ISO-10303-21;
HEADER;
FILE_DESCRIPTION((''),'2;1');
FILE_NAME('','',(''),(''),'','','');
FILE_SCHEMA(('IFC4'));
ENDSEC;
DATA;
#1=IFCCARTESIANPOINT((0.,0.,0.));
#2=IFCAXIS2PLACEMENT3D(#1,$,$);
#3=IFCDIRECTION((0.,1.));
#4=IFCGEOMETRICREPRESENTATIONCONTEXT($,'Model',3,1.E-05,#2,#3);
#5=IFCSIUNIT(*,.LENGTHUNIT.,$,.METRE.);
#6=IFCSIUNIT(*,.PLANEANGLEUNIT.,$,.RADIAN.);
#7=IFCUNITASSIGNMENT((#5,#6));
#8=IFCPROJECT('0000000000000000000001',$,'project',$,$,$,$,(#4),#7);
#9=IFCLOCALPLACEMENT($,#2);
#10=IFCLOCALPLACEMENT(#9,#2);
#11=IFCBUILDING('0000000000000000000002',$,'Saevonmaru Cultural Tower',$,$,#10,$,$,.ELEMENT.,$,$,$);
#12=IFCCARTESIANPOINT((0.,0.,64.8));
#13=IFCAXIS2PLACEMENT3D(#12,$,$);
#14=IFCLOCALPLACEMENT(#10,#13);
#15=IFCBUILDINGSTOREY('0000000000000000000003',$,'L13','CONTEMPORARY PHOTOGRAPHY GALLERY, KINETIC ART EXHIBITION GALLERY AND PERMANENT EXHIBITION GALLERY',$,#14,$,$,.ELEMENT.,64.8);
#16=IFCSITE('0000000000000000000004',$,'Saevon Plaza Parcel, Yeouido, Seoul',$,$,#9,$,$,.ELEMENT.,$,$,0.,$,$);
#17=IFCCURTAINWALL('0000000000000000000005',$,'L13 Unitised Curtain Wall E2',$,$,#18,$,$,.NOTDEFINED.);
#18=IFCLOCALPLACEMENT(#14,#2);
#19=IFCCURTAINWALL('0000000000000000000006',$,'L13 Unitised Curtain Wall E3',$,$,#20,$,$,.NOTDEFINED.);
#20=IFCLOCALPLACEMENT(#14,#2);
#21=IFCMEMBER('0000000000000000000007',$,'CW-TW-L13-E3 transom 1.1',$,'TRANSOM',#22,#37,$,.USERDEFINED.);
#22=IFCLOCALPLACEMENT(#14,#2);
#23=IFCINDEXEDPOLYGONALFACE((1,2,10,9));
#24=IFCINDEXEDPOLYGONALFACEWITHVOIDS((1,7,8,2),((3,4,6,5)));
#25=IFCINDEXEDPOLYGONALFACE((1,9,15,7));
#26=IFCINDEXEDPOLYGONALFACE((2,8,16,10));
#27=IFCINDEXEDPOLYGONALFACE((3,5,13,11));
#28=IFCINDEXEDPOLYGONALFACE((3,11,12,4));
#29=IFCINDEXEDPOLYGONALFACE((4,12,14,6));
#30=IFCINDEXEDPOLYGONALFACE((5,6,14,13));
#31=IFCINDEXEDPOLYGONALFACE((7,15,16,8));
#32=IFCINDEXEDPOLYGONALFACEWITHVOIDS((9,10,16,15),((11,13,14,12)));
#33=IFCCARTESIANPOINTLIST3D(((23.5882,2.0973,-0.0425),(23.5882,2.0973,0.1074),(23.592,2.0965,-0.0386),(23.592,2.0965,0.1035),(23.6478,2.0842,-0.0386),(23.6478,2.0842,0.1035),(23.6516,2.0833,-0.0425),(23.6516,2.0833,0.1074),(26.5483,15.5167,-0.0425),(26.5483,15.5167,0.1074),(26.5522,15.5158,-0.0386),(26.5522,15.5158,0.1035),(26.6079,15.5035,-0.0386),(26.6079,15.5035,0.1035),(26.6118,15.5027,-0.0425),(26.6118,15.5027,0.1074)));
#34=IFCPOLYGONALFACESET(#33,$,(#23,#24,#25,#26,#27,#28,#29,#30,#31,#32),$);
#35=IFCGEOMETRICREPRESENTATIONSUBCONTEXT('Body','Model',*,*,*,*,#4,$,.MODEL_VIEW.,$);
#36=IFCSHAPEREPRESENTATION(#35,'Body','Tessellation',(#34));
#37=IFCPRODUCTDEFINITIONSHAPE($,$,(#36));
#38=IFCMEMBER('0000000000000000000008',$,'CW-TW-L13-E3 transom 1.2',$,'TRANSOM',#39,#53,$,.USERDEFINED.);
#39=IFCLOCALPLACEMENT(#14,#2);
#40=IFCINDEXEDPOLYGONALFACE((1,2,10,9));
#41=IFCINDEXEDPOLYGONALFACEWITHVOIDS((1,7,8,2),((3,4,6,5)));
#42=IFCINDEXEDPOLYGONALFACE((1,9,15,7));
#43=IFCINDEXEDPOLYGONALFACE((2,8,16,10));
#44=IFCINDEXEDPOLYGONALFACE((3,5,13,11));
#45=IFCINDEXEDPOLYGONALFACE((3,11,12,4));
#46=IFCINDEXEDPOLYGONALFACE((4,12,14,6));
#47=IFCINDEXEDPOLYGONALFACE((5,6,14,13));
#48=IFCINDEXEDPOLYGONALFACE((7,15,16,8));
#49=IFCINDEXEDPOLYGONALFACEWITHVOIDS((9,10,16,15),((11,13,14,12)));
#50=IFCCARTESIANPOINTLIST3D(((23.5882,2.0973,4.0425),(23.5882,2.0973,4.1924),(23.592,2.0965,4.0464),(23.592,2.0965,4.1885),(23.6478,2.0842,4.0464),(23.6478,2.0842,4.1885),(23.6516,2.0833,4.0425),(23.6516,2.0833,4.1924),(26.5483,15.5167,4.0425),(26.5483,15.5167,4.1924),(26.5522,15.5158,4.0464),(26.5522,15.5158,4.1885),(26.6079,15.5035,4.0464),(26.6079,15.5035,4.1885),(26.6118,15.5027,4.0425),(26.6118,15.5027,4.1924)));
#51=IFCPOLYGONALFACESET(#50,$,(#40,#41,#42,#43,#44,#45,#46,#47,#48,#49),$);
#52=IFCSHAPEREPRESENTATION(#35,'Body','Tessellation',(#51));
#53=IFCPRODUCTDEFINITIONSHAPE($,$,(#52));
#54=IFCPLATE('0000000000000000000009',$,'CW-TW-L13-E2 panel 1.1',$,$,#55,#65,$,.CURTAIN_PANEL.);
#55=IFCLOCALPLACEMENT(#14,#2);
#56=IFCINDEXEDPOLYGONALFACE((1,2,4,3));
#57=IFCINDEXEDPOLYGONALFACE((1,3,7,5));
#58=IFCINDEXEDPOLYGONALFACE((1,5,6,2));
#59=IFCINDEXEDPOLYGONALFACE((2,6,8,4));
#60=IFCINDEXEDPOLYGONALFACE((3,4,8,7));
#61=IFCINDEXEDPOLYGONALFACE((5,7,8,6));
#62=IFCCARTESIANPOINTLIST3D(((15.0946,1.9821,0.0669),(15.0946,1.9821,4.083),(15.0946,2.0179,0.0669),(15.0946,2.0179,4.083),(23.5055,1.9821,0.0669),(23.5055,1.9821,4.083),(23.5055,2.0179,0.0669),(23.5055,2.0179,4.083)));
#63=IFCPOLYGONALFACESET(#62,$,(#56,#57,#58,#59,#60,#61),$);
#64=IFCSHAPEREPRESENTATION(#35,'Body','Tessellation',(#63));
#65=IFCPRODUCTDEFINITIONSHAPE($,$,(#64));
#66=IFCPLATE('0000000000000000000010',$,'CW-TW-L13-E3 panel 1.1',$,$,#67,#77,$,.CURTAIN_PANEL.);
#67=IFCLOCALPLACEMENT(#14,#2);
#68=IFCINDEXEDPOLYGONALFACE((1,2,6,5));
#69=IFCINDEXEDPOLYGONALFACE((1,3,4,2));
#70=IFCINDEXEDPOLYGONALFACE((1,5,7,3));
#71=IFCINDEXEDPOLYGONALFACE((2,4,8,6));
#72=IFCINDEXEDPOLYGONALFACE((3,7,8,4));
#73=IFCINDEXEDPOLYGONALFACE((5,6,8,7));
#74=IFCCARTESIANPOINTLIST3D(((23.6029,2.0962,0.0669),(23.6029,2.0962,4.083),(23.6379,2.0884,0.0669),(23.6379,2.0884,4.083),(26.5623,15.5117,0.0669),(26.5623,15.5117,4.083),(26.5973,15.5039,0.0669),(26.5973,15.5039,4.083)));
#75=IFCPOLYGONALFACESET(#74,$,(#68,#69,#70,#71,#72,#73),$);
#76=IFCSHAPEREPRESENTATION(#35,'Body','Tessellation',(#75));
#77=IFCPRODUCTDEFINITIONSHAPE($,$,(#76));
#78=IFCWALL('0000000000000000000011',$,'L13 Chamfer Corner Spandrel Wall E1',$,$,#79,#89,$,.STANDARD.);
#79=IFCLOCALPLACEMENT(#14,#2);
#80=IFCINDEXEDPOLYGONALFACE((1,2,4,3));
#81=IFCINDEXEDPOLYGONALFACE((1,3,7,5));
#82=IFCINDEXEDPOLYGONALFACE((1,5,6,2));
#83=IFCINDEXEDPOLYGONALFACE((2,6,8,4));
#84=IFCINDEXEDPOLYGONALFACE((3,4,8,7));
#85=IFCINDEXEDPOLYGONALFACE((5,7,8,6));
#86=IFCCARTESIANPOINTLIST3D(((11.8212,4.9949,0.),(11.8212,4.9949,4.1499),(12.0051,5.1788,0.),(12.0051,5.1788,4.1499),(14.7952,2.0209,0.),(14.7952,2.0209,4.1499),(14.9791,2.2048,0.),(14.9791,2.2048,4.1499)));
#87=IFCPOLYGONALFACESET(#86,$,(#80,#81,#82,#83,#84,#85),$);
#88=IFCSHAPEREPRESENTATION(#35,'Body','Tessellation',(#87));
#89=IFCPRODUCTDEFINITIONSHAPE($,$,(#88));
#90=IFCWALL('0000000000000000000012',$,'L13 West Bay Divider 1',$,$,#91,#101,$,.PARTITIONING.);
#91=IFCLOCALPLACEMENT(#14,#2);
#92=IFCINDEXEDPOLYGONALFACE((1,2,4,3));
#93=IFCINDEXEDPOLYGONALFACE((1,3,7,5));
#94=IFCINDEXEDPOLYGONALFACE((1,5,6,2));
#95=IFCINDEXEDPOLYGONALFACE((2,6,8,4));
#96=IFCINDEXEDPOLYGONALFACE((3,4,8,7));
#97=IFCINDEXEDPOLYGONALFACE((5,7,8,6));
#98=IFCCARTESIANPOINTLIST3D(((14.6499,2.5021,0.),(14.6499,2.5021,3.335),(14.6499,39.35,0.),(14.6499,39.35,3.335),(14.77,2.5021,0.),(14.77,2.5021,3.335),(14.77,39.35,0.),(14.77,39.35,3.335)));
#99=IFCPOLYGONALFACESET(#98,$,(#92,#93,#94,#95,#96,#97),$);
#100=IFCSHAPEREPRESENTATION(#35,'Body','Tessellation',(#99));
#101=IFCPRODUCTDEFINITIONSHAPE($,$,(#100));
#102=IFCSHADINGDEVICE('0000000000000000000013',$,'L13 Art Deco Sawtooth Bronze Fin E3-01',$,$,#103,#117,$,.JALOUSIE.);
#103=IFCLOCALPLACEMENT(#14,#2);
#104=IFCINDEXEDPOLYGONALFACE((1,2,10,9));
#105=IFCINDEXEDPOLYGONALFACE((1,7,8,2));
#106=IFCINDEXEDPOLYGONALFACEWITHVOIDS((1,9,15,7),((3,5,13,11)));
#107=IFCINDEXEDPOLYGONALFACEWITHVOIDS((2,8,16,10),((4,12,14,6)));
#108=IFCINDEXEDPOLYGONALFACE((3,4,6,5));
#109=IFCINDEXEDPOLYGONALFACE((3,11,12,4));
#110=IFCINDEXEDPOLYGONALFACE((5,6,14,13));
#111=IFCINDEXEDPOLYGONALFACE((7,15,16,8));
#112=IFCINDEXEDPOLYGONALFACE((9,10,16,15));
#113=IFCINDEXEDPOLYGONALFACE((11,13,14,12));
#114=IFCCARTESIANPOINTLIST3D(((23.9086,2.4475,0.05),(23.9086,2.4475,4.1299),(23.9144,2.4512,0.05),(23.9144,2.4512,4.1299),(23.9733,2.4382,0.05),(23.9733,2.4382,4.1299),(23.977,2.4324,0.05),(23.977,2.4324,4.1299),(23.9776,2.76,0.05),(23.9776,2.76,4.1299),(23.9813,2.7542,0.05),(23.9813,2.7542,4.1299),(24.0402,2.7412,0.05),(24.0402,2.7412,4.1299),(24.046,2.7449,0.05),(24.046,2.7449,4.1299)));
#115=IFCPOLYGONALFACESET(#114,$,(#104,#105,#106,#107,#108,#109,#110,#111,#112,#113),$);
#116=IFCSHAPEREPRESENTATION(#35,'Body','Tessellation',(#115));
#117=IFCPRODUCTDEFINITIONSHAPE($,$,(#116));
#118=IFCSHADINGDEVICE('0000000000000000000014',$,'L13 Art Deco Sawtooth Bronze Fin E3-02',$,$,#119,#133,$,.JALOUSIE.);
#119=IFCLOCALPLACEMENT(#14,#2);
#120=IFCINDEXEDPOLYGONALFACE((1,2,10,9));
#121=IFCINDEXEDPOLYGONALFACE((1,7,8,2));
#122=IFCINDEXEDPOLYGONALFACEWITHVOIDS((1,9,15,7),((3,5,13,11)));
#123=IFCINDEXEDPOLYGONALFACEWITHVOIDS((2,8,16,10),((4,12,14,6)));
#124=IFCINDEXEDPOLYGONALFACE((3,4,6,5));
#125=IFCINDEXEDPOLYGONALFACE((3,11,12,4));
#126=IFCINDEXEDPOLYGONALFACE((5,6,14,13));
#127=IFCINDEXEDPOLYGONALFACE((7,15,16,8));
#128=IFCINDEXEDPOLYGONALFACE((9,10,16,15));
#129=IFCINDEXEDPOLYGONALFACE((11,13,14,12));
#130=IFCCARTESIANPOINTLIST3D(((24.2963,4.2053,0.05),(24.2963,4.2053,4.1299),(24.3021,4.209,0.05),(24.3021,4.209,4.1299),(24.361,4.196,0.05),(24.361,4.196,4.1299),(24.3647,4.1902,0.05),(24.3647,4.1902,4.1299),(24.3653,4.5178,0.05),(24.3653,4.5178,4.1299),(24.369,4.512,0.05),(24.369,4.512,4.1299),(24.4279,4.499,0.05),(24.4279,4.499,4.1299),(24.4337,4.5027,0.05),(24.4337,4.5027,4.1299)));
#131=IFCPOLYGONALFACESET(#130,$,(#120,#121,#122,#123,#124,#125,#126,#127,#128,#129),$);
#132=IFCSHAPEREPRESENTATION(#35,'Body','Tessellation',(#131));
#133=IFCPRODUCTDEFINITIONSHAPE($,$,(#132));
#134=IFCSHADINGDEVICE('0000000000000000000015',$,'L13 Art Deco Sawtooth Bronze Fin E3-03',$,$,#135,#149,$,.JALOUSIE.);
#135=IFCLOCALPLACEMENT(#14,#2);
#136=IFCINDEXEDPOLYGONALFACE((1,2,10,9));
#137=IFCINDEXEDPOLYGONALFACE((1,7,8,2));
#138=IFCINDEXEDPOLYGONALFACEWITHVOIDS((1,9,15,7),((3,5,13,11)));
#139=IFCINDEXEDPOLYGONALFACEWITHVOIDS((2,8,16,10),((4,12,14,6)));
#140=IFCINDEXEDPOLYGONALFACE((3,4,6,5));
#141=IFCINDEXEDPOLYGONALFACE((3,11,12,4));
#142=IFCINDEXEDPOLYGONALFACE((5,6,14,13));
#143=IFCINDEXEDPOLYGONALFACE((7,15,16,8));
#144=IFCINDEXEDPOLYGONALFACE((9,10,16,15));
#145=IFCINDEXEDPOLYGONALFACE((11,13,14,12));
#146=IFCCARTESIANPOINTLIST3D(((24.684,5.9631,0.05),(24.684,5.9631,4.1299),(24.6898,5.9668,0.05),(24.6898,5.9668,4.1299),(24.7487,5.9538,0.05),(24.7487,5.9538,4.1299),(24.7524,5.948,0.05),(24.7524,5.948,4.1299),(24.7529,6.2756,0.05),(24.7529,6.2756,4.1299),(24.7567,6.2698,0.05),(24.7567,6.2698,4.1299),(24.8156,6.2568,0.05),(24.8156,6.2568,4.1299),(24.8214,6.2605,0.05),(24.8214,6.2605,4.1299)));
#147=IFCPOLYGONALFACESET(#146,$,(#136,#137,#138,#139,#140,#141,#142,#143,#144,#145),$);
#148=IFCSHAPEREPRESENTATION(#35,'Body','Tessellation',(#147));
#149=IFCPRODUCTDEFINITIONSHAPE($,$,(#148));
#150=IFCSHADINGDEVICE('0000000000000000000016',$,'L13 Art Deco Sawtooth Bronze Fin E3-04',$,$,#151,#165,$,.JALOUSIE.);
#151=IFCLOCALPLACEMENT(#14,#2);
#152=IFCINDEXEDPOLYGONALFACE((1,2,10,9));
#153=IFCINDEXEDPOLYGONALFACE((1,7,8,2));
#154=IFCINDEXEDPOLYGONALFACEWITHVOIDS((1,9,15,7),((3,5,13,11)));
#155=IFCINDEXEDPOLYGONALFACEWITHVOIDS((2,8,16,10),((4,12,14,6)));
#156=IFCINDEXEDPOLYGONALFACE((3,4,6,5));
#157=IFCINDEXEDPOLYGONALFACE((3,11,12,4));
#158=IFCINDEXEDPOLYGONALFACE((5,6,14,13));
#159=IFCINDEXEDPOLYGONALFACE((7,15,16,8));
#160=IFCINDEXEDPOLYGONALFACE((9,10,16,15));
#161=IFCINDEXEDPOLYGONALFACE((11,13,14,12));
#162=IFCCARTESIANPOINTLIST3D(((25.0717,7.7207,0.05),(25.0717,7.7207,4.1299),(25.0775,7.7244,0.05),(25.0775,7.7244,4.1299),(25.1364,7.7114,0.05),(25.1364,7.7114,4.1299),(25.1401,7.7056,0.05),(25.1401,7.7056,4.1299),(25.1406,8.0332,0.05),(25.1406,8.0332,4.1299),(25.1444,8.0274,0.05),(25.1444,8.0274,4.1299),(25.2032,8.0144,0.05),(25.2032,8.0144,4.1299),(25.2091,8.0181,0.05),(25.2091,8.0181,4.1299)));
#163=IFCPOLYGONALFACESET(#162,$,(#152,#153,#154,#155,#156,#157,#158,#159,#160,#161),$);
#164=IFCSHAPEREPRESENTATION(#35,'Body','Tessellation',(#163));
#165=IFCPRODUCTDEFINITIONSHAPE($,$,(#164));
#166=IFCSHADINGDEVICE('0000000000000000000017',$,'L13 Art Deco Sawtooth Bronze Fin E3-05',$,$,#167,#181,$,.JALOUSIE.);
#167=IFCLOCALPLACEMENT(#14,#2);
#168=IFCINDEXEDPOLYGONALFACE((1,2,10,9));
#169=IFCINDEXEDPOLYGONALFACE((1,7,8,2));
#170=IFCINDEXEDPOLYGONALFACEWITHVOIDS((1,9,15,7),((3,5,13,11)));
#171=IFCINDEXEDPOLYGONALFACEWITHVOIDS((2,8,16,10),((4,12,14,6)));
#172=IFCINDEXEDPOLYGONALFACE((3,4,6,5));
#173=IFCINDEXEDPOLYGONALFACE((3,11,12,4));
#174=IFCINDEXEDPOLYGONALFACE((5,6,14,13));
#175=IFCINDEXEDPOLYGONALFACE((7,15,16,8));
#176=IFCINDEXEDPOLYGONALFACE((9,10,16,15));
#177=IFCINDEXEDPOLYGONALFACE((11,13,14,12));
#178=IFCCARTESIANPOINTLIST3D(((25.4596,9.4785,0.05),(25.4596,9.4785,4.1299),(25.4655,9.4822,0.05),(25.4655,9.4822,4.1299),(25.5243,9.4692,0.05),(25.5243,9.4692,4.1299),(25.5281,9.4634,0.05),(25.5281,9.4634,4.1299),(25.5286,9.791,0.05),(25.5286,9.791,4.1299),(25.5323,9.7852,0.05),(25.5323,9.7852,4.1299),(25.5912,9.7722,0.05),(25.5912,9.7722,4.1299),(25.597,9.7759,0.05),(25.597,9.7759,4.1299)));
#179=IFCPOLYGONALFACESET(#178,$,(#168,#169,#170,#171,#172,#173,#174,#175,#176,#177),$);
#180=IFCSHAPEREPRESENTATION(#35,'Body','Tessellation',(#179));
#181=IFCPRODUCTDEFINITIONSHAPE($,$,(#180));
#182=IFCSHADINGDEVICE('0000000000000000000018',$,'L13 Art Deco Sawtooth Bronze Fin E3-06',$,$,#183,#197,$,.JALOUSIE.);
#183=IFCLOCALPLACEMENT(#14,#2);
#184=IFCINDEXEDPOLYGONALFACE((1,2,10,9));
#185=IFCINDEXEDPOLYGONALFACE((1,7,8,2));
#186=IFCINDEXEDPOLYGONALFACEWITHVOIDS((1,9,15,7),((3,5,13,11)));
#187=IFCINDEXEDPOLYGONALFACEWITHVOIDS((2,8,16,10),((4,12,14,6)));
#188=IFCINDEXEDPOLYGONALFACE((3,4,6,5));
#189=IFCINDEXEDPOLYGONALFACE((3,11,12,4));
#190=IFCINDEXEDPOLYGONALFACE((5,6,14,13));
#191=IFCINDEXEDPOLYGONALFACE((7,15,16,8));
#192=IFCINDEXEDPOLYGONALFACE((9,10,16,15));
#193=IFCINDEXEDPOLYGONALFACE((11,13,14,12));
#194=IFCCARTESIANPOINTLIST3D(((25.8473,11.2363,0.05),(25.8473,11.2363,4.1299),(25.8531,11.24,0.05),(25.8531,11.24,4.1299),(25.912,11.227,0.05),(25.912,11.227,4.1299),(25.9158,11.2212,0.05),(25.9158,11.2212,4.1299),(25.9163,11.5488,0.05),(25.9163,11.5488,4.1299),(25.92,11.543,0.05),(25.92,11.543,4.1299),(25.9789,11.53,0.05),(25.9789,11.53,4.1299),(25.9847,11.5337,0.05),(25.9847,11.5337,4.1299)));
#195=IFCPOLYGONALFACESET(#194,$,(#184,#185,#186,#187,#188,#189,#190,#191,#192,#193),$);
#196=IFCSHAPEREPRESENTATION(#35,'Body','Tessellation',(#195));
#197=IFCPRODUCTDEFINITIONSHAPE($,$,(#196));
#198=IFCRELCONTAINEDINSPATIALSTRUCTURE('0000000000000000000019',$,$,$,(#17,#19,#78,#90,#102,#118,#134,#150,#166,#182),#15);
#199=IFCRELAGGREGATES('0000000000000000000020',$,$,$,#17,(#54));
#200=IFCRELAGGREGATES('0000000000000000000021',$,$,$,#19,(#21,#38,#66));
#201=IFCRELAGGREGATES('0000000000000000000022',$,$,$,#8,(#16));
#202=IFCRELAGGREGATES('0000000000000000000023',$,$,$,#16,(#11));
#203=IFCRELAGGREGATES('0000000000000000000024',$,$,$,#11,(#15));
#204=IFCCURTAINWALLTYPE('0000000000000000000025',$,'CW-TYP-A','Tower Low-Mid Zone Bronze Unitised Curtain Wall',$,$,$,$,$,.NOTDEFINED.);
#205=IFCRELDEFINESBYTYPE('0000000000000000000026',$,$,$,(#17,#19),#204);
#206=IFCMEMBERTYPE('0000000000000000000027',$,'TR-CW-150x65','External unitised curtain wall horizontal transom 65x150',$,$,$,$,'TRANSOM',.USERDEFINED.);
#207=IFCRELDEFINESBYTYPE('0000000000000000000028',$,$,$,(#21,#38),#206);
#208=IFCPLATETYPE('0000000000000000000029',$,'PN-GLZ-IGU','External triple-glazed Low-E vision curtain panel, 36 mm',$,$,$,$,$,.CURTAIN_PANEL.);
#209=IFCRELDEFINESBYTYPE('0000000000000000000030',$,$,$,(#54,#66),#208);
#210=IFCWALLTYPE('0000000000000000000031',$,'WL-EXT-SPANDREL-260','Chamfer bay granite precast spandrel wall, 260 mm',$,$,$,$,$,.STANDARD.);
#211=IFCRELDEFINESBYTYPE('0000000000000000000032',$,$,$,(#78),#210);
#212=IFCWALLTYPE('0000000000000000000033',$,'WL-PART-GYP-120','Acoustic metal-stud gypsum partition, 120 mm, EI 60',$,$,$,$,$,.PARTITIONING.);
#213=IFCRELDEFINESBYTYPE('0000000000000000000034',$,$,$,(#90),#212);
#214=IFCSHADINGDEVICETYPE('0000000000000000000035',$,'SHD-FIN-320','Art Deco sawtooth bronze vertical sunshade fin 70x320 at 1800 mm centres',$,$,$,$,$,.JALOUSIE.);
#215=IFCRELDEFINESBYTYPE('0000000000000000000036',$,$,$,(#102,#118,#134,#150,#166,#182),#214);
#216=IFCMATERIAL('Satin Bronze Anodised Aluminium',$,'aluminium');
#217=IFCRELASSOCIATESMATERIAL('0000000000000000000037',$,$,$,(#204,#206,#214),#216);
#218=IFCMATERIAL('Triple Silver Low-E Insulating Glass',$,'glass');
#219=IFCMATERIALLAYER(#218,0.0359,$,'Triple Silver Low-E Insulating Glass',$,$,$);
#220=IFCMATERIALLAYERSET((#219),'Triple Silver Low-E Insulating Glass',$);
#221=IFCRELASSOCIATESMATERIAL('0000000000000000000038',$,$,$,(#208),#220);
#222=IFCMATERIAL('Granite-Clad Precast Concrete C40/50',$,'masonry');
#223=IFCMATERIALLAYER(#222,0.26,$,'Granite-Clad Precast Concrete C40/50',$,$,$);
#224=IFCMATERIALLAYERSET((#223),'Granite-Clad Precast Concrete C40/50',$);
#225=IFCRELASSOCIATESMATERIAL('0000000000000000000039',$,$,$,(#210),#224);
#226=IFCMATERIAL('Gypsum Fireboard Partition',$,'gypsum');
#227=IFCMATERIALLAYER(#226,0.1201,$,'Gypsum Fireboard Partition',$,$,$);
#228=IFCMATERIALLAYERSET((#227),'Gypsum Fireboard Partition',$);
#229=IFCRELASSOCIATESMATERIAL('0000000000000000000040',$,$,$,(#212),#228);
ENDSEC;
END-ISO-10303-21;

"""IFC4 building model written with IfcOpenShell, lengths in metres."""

from ifc_helpers import new_model, si_unit, direction, frame, frame_2d, origin, origin_2d, place, context, subcontext, project, spatial, rectangle, hollow_rectangle, extrude, material, layer, layer_set, material_profile, profile_set, type_object, element, aggregate, save


model = new_model("IFC4")

# Units and contexts
model_context = context("Model", 3, precision=1e-05, world=origin(), true_north=direction((0.0, 1.0)))
body_context = subcontext(model_context, "Body", "Model", "MODEL_VIEW")
ifc_project = project(units=[si_unit("LENGTHUNIT", "METRE"), si_unit("PLANEANGLEUNIT", "RADIAN")], contexts=[model_context])

# Site, building, storey
site_placement = place(None, origin())
site = spatial("IfcSite", under=ifc_project, at=site_placement, Name="Saevon Plaza Parcel, Yeouido, Seoul", CompositionType="ELEMENT", RefElevation=0.0)
building_placement = place(site_placement, origin())
building = spatial("IfcBuilding", under=site, at=building_placement, Name="Saevonmaru Cultural Tower", CompositionType="ELEMENT")
storey_placement = place(building_placement, frame((0.0, 0.0, 64.8)))
storey = spatial("IfcBuildingStorey", under=building, at=storey_placement, Name="L13", Description="CONTEMPORARY PHOTOGRAPHY GALLERY, KINETIC ART EXHIBITION GALLERY AND PERMANENT EXHIBITION GALLERY", CompositionType="ELEMENT", Elevation=64.8)

# Curtain wall
ifc_material_1 = material(Name="Satin Bronze Anodised Aluminium", Category="aluminium")
curtain_wall_type = type_object("IfcCurtainWallType", Name="CW-TYP-A", Description="Tower Low-Mid Zone Bronze Unitised Curtain Wall", PredefinedType="NOTDEFINED", material=ifc_material_1)
curtain_wall_1_placement = place(storey_placement, origin())
curtain_wall_1 = element("IfcCurtainWall", 1, at=curtain_wall_1_placement, inside=storey, type_object=curtain_wall_type, Name="L13 Unitised Curtain Wall E2", PredefinedType="NOTDEFINED")

# Curtain wall
curtain_wall_2_placement = place(storey_placement, origin())
curtain_wall_2 = element("IfcCurtainWall", 2, at=curtain_wall_2_placement, inside=storey, type_object=curtain_wall_type, Name="L13 Unitised Curtain Wall E3", PredefinedType="NOTDEFINED")

# Members
ifc_material_profile_1 = material_profile(ifc_material_1, hollow_rectangle(XDim=0.0649, YDim=0.1499, WallThickness=0.0039, at=origin_2d()), Name="ALU-TRAN-150x65x4")
ifc_profile_set_1 = profile_set([ifc_material_profile_1], Name="Satin Bronze Anodised Aluminium")
member_type_1 = type_object("IfcMemberType", Name="TR-CW-150x65", Description="External unitised curtain wall horizontal transom 65x150", ElementType="TRANSOM", PredefinedType="USERDEFINED", material=ifc_profile_set_1)
member_1_placement = place(storey_placement, frame((23.6199, 2.0903, 0.0325), z_axis=(0.215412, 0.976523, 0.0), x_axis=(-0.976523, 0.215412, 0.0)))
member_1 = element("IfcMember", 3, at=member_1_placement, type_object=member_type_1, Name="CW-TW-L13-E3 transom 1.1", ObjectType="TRANSOM", PredefinedType="USERDEFINED", context=body_context, shape_type="SweptSolid", body=[
    extrude(hollow_rectangle(XDim=0.0649, YDim=0.1499, WallThickness=0.0039, at=origin_2d()), origin(), (0.0, 0.0, 1.0), 13.7419),
])
member_2_placement = place(storey_placement, frame((23.6199, 2.0903, 4.1174), z_axis=(0.215412, 0.976523, 0.0), x_axis=(-0.976523, 0.215412, 0.0)))
member_2 = element("IfcMember", 4, at=member_2_placement, type_object=member_type_1, Name="CW-TW-L13-E3 transom 1.2", ObjectType="TRANSOM", PredefinedType="USERDEFINED", context=body_context, shape_type="SweptSolid", body=[
    extrude(hollow_rectangle(XDim=0.0649, YDim=0.1499, WallThickness=0.0039, at=origin_2d()), origin(), (0.0, 0.0, 1.0), 13.7419),
])

# Plates
ifc_material_2 = material(Name="Triple Silver Low-E Insulating Glass", Category="glass")
ifc_layer_1 = layer(ifc_material_2, 0.0359, Name="Triple Silver Low-E Insulating Glass")
ifc_layer_set_1 = layer_set([ifc_layer_1], Name="Triple Silver Low-E Insulating Glass")
plate_type = type_object("IfcPlateType", Name="PN-GLZ-IGU", Description="External triple-glazed Low-E vision curtain panel, 36 mm", PredefinedType="CURTAIN_PANEL", material=ifc_layer_set_1)
plate_1_placement = place(storey_placement, frame((19.3, 2.0, 0.0669), z_axis=(0.0, 0.0, 1.0), x_axis=(1.0, 0.0, 0.0)))
plate_1 = element("IfcPlate", 5, at=plate_1_placement, type_object=plate_type, Name="CW-TW-L13-E2 panel 1.1", PredefinedType="CURTAIN_PANEL", context=body_context, shape_type="SweptSolid", body=[
    extrude(rectangle(XDim=8.4109, YDim=0.0359, at=origin_2d()), origin(), (0.0, 0.0, 1.0), 4.0161),
])
aggregate(curtain_wall_1, [plate_1])
plate_2_placement = place(storey_placement, frame((25.1001, 8.8, 0.0669), z_axis=(0.0, 0.0, 1.0), x_axis=(0.215413, 0.976523, 0.0)))
plate_2 = element("IfcPlate", 6, at=plate_2_placement, type_object=plate_type, Name="CW-TW-L13-E3 panel 1.1", PredefinedType="CURTAIN_PANEL", context=body_context, shape_type="SweptSolid", body=[
    extrude(rectangle(XDim=13.738, YDim=0.0359, at=origin_2d()), origin(), (0.0, 0.0, 1.0), 4.0161),
])
aggregate(curtain_wall_2, [member_1, member_2, plate_2])

# Walls
ifc_material_3 = material(Name="Granite-Clad Precast Concrete C40/50", Category="masonry")
ifc_layer_2 = layer(ifc_material_3, 0.26, Name="Granite-Clad Precast Concrete C40/50")
ifc_layer_set_2 = layer_set([ifc_layer_2], Name="Granite-Clad Precast Concrete C40/50")
wall_type_1 = type_object("IfcWallType", Name="WL-EXT-SPANDREL-260", Description="Chamfer bay granite precast spandrel wall, 260 mm", PredefinedType="STANDARD", material=ifc_layer_set_2)
wall_1_placement = place(storey_placement, frame((11.9131, 5.0869, 0.0), z_axis=(0.0, 0.0, 1.0), x_axis=(0.707107, -0.707107, 0.0)))
element("IfcWall", 7, at=wall_1_placement, inside=storey, type_object=wall_type_1, Name="L13 Chamfer Corner Spandrel Wall E1", PredefinedType="STANDARD", context=body_context, shape_type="SweptSolid", body=[
    extrude(rectangle(XDim=4.2058, YDim=0.26, at=frame_2d((2.103, 0.0))), origin(), (0.0, 0.0, 1.0), 4.1499),
])
ifc_material_4 = material(Name="Gypsum Fireboard Partition", Category="gypsum")
ifc_layer_3 = layer(ifc_material_4, 0.1201, Name="Gypsum Fireboard Partition")
ifc_layer_set_3 = layer_set([ifc_layer_3], Name="Gypsum Fireboard Partition")
wall_type_2 = type_object("IfcWallType", Name="WL-PART-GYP-120", Description="Acoustic metal-stud gypsum partition, 120 mm, EI 60", PredefinedType="PARTITIONING", material=ifc_layer_set_3)
wall_2_placement = place(storey_placement, frame((14.71, 2.5022, 0.0), z_axis=(0.0, 0.0, 1.0), x_axis=(0.0, 1.0, 0.0)))
element("IfcWall", 8, at=wall_2_placement, inside=storey, type_object=wall_type_2, Name="L13 West Bay Divider 1", PredefinedType="PARTITIONING", context=body_context, shape_type="SweptSolid", body=[
    extrude(rectangle(XDim=36.8479, YDim=0.1201, at=frame_2d((18.4238, 0.0))), origin(), (0.0, 0.0, 1.0), 3.335),
])

# Shading devices
ifc_material_profile_2 = material_profile(ifc_material_1, hollow_rectangle(XDim=0.0701, YDim=0.3201, WallThickness=0.0049, at=origin_2d()), Name="FIN-320x70")
ifc_profile_set_2 = profile_set([ifc_material_profile_2], Name="Satin Bronze Anodised Aluminium")
shading_device_type = type_object("IfcShadingDeviceType", Name="SHD-FIN-320", Description="Art Deco sawtooth bronze vertical sunshade fin 70x320 at 1800 mm centres", PredefinedType="JALOUSIE", material=ifc_profile_set_2)
for number, where, z_axis, x_axis, name in (
    (9, (23.9773, 2.5962, 0.05), (0.0, 0.0, 1.0), (0.976522, -0.215417, 0.0), "L13 Art Deco Sawtooth Bronze Fin E3-01"),
    (10, (24.365, 4.354, 0.05), (0.0, 0.0, 1.0), (0.976522, -0.215417, 0.0), "L13 Art Deco Sawtooth Bronze Fin E3-02"),
    (11, (24.7527, 6.1118, 0.05), (0.0, 0.0, 1.0), (0.976522, -0.215417, 0.0), "L13 Art Deco Sawtooth Bronze Fin E3-03"),
    (12, (25.1404, 7.8694, 0.05), (0.0, 0.0, 1.0), (0.976522, -0.215417, 0.0), "L13 Art Deco Sawtooth Bronze Fin E3-04"),
    (13, (25.5283, 9.6272, 0.05), (0.0, 0.0, 1.0), (0.976522, -0.215417, 0.0), "L13 Art Deco Sawtooth Bronze Fin E3-05"),
    (14, (25.916, 11.385, 0.05), (0.0, 0.0, 1.0), (0.976522, -0.215417, 0.0), "L13 Art Deco Sawtooth Bronze Fin E3-06"),
):
    element("IfcShadingDevice", number, at=place(storey_placement, frame(where, z_axis=z_axis, x_axis=x_axis)), inside=storey, type_object=shading_device_type, Name=name, PredefinedType="JALOUSIE", context=body_context, shape_type="SweptSolid", body=[
        extrude(hollow_rectangle(XDim=0.0701, YDim=0.3201, WallThickness=0.0049, at=origin_2d()), origin(), (0.0, 0.0, 1.0), 4.0798),
    ])

save(model, "model.ifc")
